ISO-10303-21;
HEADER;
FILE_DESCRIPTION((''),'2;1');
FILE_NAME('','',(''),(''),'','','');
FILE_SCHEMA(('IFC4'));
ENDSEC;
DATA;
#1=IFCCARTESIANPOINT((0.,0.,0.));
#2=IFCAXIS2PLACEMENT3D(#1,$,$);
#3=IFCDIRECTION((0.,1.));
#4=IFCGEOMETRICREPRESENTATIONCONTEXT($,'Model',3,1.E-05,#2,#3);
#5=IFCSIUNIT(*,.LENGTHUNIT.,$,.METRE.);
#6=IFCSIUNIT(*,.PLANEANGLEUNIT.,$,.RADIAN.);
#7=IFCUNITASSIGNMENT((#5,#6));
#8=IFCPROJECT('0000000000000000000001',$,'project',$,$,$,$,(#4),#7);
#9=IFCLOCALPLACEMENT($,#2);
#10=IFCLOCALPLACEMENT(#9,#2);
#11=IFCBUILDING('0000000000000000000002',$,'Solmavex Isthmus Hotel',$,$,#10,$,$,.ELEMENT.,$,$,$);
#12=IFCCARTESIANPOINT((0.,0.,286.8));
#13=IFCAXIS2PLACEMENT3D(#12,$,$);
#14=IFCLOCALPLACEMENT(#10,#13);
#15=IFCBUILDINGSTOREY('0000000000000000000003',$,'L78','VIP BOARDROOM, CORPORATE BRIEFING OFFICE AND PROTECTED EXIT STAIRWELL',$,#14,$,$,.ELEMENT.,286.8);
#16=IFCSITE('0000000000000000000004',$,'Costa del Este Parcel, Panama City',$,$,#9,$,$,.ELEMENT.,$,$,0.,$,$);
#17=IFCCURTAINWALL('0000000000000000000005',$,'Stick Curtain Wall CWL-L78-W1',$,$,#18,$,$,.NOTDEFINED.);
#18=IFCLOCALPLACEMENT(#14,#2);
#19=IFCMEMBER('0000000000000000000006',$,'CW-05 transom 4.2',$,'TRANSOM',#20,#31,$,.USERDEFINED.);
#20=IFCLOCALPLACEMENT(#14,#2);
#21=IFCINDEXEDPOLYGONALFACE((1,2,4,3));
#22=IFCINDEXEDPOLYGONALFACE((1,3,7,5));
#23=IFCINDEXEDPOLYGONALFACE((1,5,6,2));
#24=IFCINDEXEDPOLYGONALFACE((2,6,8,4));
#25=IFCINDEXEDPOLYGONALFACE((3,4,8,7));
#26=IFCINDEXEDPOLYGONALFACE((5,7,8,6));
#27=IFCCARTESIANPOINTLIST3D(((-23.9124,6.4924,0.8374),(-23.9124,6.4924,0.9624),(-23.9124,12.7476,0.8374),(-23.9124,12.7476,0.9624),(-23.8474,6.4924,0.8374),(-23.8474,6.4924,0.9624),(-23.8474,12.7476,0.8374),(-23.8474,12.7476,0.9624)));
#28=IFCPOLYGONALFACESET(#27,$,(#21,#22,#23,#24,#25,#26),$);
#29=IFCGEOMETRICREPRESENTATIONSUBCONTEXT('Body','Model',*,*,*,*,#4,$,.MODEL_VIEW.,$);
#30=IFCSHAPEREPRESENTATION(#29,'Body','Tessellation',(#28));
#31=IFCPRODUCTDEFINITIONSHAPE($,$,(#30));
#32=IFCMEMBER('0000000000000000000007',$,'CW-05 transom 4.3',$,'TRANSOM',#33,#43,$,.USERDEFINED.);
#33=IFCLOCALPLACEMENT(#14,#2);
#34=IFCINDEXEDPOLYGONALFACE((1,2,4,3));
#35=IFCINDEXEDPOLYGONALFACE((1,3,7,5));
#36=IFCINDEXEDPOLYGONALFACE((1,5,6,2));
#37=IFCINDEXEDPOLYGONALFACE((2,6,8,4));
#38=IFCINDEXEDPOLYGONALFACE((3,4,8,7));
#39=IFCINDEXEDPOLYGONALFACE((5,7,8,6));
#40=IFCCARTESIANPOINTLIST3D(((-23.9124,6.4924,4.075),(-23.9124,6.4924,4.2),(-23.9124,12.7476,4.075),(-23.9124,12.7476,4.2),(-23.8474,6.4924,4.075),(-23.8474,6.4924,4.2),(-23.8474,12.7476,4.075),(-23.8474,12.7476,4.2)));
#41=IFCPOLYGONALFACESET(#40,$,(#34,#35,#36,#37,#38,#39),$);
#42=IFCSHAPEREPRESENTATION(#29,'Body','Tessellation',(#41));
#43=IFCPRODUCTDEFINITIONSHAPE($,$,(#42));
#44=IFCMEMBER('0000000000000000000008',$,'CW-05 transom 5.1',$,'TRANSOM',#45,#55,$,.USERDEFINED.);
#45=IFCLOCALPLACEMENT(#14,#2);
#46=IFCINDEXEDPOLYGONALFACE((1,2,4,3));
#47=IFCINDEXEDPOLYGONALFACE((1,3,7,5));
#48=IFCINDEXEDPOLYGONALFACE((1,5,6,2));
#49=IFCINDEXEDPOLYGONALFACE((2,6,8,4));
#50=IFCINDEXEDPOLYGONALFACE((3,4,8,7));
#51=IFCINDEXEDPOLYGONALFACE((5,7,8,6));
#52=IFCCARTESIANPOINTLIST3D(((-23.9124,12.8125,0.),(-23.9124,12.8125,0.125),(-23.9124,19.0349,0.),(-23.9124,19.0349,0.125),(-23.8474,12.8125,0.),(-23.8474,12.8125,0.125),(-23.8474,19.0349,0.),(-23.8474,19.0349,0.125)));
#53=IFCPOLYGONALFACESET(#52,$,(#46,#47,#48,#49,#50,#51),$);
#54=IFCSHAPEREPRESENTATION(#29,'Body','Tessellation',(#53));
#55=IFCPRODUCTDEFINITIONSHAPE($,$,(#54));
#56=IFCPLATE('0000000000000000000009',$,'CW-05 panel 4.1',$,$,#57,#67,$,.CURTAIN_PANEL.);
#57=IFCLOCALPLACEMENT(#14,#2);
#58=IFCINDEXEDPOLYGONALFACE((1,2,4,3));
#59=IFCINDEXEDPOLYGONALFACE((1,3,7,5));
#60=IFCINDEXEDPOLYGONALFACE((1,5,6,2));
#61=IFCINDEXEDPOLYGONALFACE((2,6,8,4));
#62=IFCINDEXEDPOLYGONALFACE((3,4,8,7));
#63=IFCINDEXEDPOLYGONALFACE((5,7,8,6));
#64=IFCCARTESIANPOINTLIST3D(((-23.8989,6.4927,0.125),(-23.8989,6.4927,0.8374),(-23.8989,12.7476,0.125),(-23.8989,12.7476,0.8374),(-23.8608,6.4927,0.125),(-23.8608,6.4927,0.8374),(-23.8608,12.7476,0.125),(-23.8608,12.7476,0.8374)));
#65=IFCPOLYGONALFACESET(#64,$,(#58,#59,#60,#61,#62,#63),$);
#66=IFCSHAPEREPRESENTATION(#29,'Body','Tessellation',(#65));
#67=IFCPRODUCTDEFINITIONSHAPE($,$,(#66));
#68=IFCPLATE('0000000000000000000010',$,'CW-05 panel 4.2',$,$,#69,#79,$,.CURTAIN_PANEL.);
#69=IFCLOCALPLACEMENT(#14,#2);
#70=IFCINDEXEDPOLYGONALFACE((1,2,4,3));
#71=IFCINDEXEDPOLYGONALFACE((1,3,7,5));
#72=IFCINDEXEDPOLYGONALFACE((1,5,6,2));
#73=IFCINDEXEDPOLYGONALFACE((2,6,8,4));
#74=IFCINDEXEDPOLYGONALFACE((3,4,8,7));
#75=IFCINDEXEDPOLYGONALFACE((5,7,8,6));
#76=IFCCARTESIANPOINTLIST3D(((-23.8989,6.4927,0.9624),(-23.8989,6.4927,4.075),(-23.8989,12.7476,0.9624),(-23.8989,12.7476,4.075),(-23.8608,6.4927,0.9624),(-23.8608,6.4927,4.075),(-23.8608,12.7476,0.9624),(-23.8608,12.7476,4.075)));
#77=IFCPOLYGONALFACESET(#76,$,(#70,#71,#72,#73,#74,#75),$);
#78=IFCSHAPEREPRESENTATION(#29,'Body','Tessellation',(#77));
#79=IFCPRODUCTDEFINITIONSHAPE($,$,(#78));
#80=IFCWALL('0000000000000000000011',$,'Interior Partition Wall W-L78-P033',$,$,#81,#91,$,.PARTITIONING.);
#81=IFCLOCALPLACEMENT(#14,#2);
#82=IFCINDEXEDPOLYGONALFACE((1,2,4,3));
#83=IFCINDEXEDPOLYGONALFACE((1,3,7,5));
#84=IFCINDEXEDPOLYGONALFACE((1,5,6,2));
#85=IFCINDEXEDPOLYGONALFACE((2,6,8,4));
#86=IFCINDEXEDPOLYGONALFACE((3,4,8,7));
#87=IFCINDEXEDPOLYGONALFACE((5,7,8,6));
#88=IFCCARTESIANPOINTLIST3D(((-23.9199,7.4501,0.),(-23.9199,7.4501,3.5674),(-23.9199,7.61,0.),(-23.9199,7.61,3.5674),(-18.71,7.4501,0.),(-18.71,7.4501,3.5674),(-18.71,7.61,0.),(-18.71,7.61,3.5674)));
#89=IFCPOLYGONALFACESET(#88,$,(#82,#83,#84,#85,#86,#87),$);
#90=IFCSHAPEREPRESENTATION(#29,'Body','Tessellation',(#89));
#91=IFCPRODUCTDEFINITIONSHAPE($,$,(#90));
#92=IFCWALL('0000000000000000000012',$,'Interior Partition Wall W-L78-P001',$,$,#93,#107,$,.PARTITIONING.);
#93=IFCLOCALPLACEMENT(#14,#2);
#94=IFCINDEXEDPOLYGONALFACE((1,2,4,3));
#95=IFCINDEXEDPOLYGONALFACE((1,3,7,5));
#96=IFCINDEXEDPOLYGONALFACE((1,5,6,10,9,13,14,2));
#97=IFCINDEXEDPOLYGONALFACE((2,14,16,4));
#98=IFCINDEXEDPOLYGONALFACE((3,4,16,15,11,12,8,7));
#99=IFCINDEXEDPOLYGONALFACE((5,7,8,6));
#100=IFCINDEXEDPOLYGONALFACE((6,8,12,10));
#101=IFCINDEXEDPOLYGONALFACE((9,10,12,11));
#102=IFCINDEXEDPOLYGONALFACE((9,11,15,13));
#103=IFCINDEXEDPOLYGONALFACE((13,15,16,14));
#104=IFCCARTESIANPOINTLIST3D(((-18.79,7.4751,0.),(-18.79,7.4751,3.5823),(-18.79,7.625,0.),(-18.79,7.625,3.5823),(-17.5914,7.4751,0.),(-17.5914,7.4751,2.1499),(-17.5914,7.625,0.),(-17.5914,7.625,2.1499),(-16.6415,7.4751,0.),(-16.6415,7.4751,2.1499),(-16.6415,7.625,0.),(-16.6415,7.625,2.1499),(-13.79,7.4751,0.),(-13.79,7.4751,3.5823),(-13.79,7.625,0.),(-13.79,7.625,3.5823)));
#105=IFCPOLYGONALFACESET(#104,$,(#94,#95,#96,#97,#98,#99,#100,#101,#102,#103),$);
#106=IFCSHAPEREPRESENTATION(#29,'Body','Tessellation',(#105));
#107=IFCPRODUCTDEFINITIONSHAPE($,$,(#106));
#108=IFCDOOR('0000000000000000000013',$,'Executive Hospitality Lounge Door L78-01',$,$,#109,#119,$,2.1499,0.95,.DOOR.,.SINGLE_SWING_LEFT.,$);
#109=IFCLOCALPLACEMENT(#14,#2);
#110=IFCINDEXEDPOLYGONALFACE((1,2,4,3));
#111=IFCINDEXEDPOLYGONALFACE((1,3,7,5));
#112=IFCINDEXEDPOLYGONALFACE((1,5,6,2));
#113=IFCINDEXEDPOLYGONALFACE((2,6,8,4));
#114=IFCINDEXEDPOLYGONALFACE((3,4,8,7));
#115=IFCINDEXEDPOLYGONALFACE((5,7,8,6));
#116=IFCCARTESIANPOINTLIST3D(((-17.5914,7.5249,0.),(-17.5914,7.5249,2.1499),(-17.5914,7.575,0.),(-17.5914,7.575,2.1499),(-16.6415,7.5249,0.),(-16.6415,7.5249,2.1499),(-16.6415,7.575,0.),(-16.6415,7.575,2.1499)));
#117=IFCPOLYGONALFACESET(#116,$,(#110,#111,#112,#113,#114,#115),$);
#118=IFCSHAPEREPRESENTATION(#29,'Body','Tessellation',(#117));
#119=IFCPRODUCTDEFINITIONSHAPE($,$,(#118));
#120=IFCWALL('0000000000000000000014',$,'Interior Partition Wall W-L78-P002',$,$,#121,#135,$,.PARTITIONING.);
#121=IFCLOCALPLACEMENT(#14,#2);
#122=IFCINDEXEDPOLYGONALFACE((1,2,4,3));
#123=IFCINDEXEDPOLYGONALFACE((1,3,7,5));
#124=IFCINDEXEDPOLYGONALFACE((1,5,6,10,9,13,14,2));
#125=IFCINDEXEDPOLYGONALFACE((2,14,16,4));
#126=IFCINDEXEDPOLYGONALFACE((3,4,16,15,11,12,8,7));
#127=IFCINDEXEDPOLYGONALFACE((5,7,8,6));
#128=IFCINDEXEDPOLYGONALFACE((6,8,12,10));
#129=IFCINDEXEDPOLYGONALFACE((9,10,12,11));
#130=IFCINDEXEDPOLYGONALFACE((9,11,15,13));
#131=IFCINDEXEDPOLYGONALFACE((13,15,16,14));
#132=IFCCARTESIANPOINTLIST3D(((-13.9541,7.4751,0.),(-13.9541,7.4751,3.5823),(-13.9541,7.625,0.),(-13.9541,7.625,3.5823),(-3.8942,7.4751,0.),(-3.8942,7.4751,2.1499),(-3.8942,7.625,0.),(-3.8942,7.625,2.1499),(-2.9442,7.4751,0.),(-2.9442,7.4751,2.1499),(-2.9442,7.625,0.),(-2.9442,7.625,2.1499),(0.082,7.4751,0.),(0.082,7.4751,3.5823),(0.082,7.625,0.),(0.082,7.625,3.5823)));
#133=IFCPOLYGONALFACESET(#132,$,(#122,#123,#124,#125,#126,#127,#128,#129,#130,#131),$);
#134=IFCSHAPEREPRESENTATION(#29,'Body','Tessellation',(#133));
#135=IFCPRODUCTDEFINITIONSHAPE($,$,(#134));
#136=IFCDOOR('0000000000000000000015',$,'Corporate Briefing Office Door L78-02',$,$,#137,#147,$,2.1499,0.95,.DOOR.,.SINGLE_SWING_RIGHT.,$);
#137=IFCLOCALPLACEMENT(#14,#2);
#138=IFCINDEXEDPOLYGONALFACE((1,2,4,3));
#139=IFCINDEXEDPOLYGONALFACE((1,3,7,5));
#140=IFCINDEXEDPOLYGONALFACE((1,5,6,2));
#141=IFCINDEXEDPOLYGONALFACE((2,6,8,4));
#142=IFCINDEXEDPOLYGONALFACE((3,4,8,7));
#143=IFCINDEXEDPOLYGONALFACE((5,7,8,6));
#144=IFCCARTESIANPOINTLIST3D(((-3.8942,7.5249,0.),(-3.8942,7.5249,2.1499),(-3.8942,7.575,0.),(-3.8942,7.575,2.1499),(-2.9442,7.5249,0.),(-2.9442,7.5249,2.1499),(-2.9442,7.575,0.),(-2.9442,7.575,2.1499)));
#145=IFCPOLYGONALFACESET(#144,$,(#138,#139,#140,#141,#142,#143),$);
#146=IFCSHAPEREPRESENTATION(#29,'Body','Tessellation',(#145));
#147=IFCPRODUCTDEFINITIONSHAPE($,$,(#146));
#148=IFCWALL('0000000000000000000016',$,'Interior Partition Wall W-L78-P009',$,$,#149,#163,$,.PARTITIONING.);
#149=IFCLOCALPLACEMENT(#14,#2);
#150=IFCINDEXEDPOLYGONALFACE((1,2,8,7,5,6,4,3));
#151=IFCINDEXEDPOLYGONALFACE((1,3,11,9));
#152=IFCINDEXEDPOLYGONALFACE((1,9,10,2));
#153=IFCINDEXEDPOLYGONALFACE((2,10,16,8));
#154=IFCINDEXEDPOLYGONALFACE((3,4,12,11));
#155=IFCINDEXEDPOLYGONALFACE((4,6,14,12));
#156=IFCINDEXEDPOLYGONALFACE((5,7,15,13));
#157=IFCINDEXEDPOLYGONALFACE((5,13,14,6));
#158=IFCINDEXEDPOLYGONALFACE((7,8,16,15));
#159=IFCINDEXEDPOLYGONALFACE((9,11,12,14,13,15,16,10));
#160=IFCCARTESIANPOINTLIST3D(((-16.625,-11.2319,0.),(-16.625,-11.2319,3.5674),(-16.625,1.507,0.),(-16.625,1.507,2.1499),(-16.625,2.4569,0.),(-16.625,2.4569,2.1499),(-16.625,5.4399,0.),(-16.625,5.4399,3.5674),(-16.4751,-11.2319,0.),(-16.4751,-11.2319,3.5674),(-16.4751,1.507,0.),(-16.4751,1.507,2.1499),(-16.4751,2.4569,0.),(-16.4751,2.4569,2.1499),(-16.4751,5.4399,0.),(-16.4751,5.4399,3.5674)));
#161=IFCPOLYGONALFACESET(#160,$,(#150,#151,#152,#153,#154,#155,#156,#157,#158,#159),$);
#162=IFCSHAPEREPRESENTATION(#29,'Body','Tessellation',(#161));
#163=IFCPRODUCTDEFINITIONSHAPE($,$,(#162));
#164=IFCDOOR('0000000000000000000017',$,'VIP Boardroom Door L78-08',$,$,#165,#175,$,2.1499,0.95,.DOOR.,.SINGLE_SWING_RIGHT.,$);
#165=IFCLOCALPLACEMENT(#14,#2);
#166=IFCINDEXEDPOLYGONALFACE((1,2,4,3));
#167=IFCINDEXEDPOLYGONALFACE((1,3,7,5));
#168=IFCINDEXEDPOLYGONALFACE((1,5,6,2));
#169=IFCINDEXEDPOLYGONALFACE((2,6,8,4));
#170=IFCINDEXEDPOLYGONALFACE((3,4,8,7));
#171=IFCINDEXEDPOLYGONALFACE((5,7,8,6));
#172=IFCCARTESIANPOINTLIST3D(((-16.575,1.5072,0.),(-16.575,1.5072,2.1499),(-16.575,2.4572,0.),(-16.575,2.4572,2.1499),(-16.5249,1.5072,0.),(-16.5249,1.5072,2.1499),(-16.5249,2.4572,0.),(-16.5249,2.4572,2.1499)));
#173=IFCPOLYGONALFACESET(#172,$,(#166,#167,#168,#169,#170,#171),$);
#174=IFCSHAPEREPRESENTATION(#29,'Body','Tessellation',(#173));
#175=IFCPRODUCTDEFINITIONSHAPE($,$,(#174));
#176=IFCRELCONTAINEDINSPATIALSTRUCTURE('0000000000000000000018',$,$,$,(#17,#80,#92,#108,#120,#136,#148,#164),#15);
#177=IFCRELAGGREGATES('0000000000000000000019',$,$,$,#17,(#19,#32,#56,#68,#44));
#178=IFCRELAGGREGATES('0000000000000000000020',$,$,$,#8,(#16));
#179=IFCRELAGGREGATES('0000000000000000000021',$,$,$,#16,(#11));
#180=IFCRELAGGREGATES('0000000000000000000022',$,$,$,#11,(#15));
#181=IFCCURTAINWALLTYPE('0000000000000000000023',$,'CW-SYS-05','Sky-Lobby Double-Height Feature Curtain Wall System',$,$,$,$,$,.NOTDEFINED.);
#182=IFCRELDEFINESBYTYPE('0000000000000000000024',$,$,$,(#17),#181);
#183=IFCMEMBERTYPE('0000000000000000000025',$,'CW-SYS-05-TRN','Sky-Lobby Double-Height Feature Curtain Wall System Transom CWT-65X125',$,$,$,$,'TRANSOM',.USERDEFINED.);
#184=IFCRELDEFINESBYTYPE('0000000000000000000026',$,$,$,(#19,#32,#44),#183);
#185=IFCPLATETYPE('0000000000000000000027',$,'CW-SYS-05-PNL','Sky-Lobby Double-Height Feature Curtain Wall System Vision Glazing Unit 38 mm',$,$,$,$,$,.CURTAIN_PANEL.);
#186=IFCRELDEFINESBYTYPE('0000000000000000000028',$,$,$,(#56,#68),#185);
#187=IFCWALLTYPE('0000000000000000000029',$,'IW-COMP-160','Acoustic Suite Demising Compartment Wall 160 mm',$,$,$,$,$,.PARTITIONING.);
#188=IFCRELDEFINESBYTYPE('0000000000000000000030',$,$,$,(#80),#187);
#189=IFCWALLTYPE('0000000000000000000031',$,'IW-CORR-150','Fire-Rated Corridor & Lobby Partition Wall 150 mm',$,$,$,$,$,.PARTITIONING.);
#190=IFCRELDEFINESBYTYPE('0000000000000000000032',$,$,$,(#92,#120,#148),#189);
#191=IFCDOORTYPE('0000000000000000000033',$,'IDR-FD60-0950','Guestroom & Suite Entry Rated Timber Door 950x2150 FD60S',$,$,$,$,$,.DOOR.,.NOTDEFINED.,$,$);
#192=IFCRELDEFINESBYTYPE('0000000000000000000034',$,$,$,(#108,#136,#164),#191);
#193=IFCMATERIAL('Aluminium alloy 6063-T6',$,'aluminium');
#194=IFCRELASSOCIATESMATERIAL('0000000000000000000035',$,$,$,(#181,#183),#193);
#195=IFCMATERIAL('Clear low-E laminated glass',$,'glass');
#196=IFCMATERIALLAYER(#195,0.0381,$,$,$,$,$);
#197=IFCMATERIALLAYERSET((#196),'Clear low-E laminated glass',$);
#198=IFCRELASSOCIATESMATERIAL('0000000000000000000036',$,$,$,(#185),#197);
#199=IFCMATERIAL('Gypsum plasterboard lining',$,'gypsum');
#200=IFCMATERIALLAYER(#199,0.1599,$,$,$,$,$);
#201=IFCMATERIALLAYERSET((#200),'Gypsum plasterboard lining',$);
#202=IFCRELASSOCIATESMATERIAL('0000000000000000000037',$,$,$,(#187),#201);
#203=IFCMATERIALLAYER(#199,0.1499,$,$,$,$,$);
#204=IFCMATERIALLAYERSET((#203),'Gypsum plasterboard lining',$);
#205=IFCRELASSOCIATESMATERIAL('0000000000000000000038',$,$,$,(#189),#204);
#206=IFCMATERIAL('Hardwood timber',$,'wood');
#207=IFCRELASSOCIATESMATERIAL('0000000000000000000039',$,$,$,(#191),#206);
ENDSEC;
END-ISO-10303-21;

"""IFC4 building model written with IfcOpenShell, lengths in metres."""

from ifc_helpers import new_model, si_unit, direction, frame, frame_2d, origin, origin_2d, place, context, subcontext, project, spatial, rectangle, extrude, material, layer, layer_set, material_profile, profile_set, type_object, element, fill, aggregate, save


model = new_model("IFC4")

# Units and contexts
model_context = context("Model", 3, precision=1e-05, world=origin(), true_north=direction((0.0, 1.0)))
body_context = subcontext(model_context, "Body", "Model", "MODEL_VIEW")
ifc_project = project(units=[si_unit("LENGTHUNIT", "METRE"), si_unit("PLANEANGLEUNIT", "RADIAN")], contexts=[model_context])

# Site, building, storey
site_placement = place(None, origin())
site = spatial("IfcSite", under=ifc_project, at=site_placement, Name="Costa del Este Parcel, Panama City", CompositionType="ELEMENT", RefElevation=0.0)
building_placement = place(site_placement, origin())
building = spatial("IfcBuilding", under=site, at=building_placement, Name="Solmavex Isthmus Hotel", CompositionType="ELEMENT")
storey_placement = place(building_placement, frame((0.0, 0.0, 286.8)))
storey = spatial("IfcBuildingStorey", under=building, at=storey_placement, Name="L78", Description="VIP BOARDROOM, CORPORATE BRIEFING OFFICE AND PROTECTED EXIT STAIRWELL", CompositionType="ELEMENT", Elevation=286.8)

# Curtain wall, members, plates
ifc_material_1 = material(Name="Aluminium alloy 6063-T6", Category="aluminium")
curtain_wall_type = type_object("IfcCurtainWallType", Name="CW-SYS-05", Description="Sky-Lobby Double-Height Feature Curtain Wall System", PredefinedType="NOTDEFINED", material=ifc_material_1)
curtain_wall_placement = place(storey_placement, origin())
curtain_wall = element("IfcCurtainWall", 1, at=curtain_wall_placement, inside=storey, type_object=curtain_wall_type, Name="Stick Curtain Wall CWL-L78-W1", PredefinedType="NOTDEFINED")
ifc_material_profile_1 = material_profile(ifc_material_1, rectangle(XDim=0.0649, YDim=0.125, at=origin_2d()), Name="CWT-65X125")
ifc_profile_set_1 = profile_set([ifc_material_profile_1], Name="Aluminium alloy 6063-T6")
member_type_1 = type_object("IfcMemberType", Name="CW-SYS-05-TRN", Description="Sky-Lobby Double-Height Feature Curtain Wall System Transom CWT-65X125", ElementType="TRANSOM", PredefinedType="USERDEFINED", material=ifc_profile_set_1)
member_1_placement = place(storey_placement, frame((-23.8799, 6.4924, 0.8999), z_axis=(0.0, 1.0, 0.0), x_axis=(-1.0, 0.0, 0.0)))
member_1 = element("IfcMember", 2, at=member_1_placement, type_object=member_type_1, Name="CW-05 transom 4.2", ObjectType="TRANSOM", PredefinedType="USERDEFINED", context=body_context, shape_type="SweptSolid", body=[
    extrude(rectangle(XDim=0.0649, YDim=0.125, at=origin_2d()), origin(), (0.0, 0.0, 1.0), 6.2551),
])
member_2_placement = place(storey_placement, frame((-23.8799, 6.4924, 4.1375), z_axis=(0.0, 1.0, 0.0), x_axis=(-1.0, 0.0, 0.0)))
member_2 = element("IfcMember", 3, at=member_2_placement, type_object=member_type_1, Name="CW-05 transom 4.3", ObjectType="TRANSOM", PredefinedType="USERDEFINED", context=body_context, shape_type="SweptSolid", body=[
    extrude(rectangle(XDim=0.0649, YDim=0.125, at=origin_2d()), origin(), (0.0, 0.0, 1.0), 6.2551),
])
member_3_placement = place(storey_placement, frame((-23.8799, 12.8125, 0.0625), z_axis=(0.0, 1.0, 0.0), x_axis=(-1.0, 0.0, 0.0)))
member_3 = element("IfcMember", 4, at=member_3_placement, type_object=member_type_1, Name="CW-05 transom 5.1", ObjectType="TRANSOM", PredefinedType="USERDEFINED", context=body_context, shape_type="SweptSolid", body=[
    extrude(rectangle(XDim=0.0649, YDim=0.125, at=origin_2d()), origin(), (0.0, 0.0, 1.0), 6.2224),
])
ifc_material_2 = material(Name="Clear low-E laminated glass", Category="glass")
ifc_layer_1 = layer(ifc_material_2, 0.0381)
ifc_layer_set_1 = layer_set([ifc_layer_1], Name="Clear low-E laminated glass")
plate_type = type_object("IfcPlateType", Name="CW-SYS-05-PNL", Description="Sky-Lobby Double-Height Feature Curtain Wall System Vision Glazing Unit 38 mm", PredefinedType="CURTAIN_PANEL", material=ifc_layer_set_1)
plate_1_placement = place(storey_placement, frame((-23.8799, 9.6201, 0.125), z_axis=(0.0, 0.0, 1.0), x_axis=(0.0, 1.0, 0.0)))
plate_1 = element("IfcPlate", 5, at=plate_1_placement, type_object=plate_type, Name="CW-05 panel 4.1", PredefinedType="CURTAIN_PANEL", context=body_context, shape_type="SweptSolid", body=[
    extrude(rectangle(XDim=6.2549, YDim=0.0381, at=origin_2d()), origin(), (0.0, 0.0, 1.0), 0.7124),
])
plate_2_placement = place(storey_placement, frame((-23.8799, 9.6201, 0.9624), z_axis=(0.0, 0.0, 1.0), x_axis=(0.0, 1.0, 0.0)))
plate_2 = element("IfcPlate", 6, at=plate_2_placement, type_object=plate_type, Name="CW-05 panel 4.2", PredefinedType="CURTAIN_PANEL", context=body_context, shape_type="SweptSolid", body=[
    extrude(rectangle(XDim=6.2549, YDim=0.0381, at=origin_2d()), origin(), (0.0, 0.0, 1.0), 3.1125),
])
aggregate(curtain_wall, [member_1, member_2, plate_1, plate_2, member_3])

# Wall
ifc_material_3 = material(Name="Gypsum plasterboard lining", Category="gypsum")
ifc_layer_2 = layer(ifc_material_3, 0.1599)
ifc_layer_set_2 = layer_set([ifc_layer_2], Name="Gypsum plasterboard lining")
wall_type_1 = type_object("IfcWallType", Name="IW-COMP-160", Description="Acoustic Suite Demising Compartment Wall 160 mm", PredefinedType="PARTITIONING", material=ifc_layer_set_2)
wall_1_placement = place(storey_placement, frame((-18.71, 7.53, 0.0), z_axis=(0.0, 0.0, 1.0), x_axis=(-1.0, 0.0, 0.0)))
element("IfcWall", 7, at=wall_1_placement, inside=storey, type_object=wall_type_1, Name="Interior Partition Wall W-L78-P033", PredefinedType="PARTITIONING", context=body_context, shape_type="SweptSolid", body=[
    extrude(rectangle(XDim=5.21, YDim=0.1599, at=frame_2d((2.605, 0.0))), origin(), (0.0, 0.0, 1.0), 3.5674),
])

# Walls, openings, doors
ifc_layer_3 = layer(ifc_material_3, 0.1499)
ifc_layer_set_3 = layer_set([ifc_layer_3], Name="Gypsum plasterboard lining")
wall_type_2 = type_object("IfcWallType", Name="IW-CORR-150", Description="Fire-Rated Corridor & Lobby Partition Wall 150 mm", PredefinedType="PARTITIONING", material=ifc_layer_set_3)
wall_2_placement = place(storey_placement, frame((-18.79, 7.55, 0.0), z_axis=(0.0, 0.0, 1.0), x_axis=(1.0, 0.0, 0.0)))
wall_2 = element("IfcWall", 8, at=wall_2_placement, inside=storey, type_object=wall_type_2, Name="Interior Partition Wall W-L78-P001", PredefinedType="PARTITIONING", context=body_context, shape_type="SweptSolid", body=[
    extrude(rectangle(XDim=5.0, YDim=0.1499, at=frame_2d((2.5, 0.0))), origin(), (0.0, 0.0, 1.0), 3.5823),
])
opening_1_placement = place(wall_2_placement, frame((1.1985, 0.0, 0.0)))
opening_1 = element("IfcOpeningElement", 9, at=opening_1_placement, cuts=wall_2, PredefinedType="OPENING", context=body_context, shape_type="SweptSolid", body=[
    extrude(rectangle(XDim=0.95, YDim=2.1499, at=frame_2d((0.4751, 1.075))), frame((0.0, 0.085, 0.0), z_axis=(0.0, -1.0, 0.0), x_axis=(1.0, 0.0, 0.0)), (0.0, 0.0, 1.0), 0.1699),
])
ifc_material_4 = material(Name="Hardwood timber", Category="wood")
door_type = type_object("IfcDoorType", Name="IDR-FD60-0950", Description="Guestroom & Suite Entry Rated Timber Door 950x2150 FD60S", OperationType="NOTDEFINED", PredefinedType="DOOR", material=ifc_material_4)
door_1_placement = place(opening_1_placement, origin())
door_1 = element("IfcDoor", 10, at=door_1_placement, inside=storey, type_object=door_type, Name="Executive Hospitality Lounge Door L78-01", OperationType="SINGLE_SWING_LEFT", OverallHeight=2.1499, OverallWidth=0.95, PredefinedType="DOOR", context=body_context, shape_type="SweptSolid", body=[
    extrude(rectangle(XDim=0.95, YDim=2.1499, at=frame_2d((0.4751, 1.075))), frame((0.0, 0.0249, 0.0), z_axis=(0.0, -1.0, 0.0), x_axis=(1.0, 0.0, 0.0)), (0.0, 0.0, 1.0), 0.05),
])
fill(opening_1, door_1)
wall_3_placement = place(storey_placement, frame((-13.9541, 7.55, 0.0), z_axis=(0.0, 0.0, 1.0), x_axis=(1.0, 0.0, 0.0)))
wall_3 = element("IfcWall", 11, at=wall_3_placement, inside=storey, type_object=wall_type_2, Name="Interior Partition Wall W-L78-P002", PredefinedType="PARTITIONING", context=body_context, shape_type="SweptSolid", body=[
    extrude(rectangle(XDim=14.0361, YDim=0.1499, at=frame_2d((7.0181, 0.0))), origin(), (0.0, 0.0, 1.0), 3.5823),
])
opening_2_placement = place(wall_3_placement, frame((10.0598, 0.0, 0.0)))
opening_2 = element("IfcOpeningElement", 12, at=opening_2_placement, cuts=wall_3, PredefinedType="OPENING", context=body_context, shape_type="SweptSolid", body=[
    extrude(rectangle(XDim=0.95, YDim=2.1499, at=frame_2d((0.4751, 1.075))), frame((0.0, 0.085, 0.0), z_axis=(0.0, -1.0, 0.0), x_axis=(1.0, 0.0, 0.0)), (0.0, 0.0, 1.0), 0.1699),
])
door_2_placement = place(opening_2_placement, origin())
door_2 = element("IfcDoor", 13, at=door_2_placement, inside=storey, type_object=door_type, Name="Corporate Briefing Office Door L78-02", OperationType="SINGLE_SWING_RIGHT", OverallHeight=2.1499, OverallWidth=0.95, PredefinedType="DOOR", context=body_context, shape_type="SweptSolid", body=[
    extrude(rectangle(XDim=0.95, YDim=2.1499, at=frame_2d((0.4751, 1.075))), frame((0.0, 0.0249, 0.0), z_axis=(0.0, -1.0, 0.0), x_axis=(1.0, 0.0, 0.0)), (0.0, 0.0, 1.0), 0.05),
])
fill(opening_2, door_2)
wall_4_placement = place(storey_placement, frame((-16.55, 5.4399, 0.0), z_axis=(0.0, 0.0, 1.0), x_axis=(0.0, -1.0, 0.0)))
wall_4 = element("IfcWall", 14, at=wall_4_placement, inside=storey, type_object=wall_type_2, Name="Interior Partition Wall W-L78-P009", PredefinedType="PARTITIONING", context=body_context, shape_type="SweptSolid", body=[
    extrude(rectangle(XDim=16.6719, YDim=0.1499, at=frame_2d((8.3359, 0.0))), origin(), (0.0, 0.0, 1.0), 3.5674),
])
opening_3_placement = place(wall_4_placement, frame((2.9829, 0.0, 0.0)))
opening_3 = element("IfcOpeningElement", 15, at=opening_3_placement, cuts=wall_4, PredefinedType="OPENING", context=body_context, shape_type="SweptSolid", body=[
    extrude(rectangle(XDim=0.95, YDim=2.1499, at=frame_2d((0.4751, 1.075))), frame((0.0, 0.085, 0.0), z_axis=(0.0, -1.0, 0.0), x_axis=(1.0, 0.0, 0.0)), (0.0, 0.0, 1.0), 0.1699),
])
door_3_placement = place(opening_3_placement, frame((0.95, 0.0, 0.0), z_axis=(0.0, 0.0, 1.0), x_axis=(-1.0, 0.0, 0.0)))
door_3 = element("IfcDoor", 16, at=door_3_placement, inside=storey, type_object=door_type, Name="VIP Boardroom Door L78-08", OperationType="SINGLE_SWING_RIGHT", OverallHeight=2.1499, OverallWidth=0.95, PredefinedType="DOOR", context=body_context, shape_type="SweptSolid", body=[
    extrude(rectangle(XDim=0.95, YDim=2.1499, at=frame_2d((0.4751, 1.075))), frame((0.0, 0.0249, 0.0), z_axis=(0.0, -1.0, 0.0), x_axis=(1.0, 0.0, 0.0)), (0.0, 0.0, 1.0), 0.05),
])
fill(opening_3, door_3)

save(model, "model.ifc")
